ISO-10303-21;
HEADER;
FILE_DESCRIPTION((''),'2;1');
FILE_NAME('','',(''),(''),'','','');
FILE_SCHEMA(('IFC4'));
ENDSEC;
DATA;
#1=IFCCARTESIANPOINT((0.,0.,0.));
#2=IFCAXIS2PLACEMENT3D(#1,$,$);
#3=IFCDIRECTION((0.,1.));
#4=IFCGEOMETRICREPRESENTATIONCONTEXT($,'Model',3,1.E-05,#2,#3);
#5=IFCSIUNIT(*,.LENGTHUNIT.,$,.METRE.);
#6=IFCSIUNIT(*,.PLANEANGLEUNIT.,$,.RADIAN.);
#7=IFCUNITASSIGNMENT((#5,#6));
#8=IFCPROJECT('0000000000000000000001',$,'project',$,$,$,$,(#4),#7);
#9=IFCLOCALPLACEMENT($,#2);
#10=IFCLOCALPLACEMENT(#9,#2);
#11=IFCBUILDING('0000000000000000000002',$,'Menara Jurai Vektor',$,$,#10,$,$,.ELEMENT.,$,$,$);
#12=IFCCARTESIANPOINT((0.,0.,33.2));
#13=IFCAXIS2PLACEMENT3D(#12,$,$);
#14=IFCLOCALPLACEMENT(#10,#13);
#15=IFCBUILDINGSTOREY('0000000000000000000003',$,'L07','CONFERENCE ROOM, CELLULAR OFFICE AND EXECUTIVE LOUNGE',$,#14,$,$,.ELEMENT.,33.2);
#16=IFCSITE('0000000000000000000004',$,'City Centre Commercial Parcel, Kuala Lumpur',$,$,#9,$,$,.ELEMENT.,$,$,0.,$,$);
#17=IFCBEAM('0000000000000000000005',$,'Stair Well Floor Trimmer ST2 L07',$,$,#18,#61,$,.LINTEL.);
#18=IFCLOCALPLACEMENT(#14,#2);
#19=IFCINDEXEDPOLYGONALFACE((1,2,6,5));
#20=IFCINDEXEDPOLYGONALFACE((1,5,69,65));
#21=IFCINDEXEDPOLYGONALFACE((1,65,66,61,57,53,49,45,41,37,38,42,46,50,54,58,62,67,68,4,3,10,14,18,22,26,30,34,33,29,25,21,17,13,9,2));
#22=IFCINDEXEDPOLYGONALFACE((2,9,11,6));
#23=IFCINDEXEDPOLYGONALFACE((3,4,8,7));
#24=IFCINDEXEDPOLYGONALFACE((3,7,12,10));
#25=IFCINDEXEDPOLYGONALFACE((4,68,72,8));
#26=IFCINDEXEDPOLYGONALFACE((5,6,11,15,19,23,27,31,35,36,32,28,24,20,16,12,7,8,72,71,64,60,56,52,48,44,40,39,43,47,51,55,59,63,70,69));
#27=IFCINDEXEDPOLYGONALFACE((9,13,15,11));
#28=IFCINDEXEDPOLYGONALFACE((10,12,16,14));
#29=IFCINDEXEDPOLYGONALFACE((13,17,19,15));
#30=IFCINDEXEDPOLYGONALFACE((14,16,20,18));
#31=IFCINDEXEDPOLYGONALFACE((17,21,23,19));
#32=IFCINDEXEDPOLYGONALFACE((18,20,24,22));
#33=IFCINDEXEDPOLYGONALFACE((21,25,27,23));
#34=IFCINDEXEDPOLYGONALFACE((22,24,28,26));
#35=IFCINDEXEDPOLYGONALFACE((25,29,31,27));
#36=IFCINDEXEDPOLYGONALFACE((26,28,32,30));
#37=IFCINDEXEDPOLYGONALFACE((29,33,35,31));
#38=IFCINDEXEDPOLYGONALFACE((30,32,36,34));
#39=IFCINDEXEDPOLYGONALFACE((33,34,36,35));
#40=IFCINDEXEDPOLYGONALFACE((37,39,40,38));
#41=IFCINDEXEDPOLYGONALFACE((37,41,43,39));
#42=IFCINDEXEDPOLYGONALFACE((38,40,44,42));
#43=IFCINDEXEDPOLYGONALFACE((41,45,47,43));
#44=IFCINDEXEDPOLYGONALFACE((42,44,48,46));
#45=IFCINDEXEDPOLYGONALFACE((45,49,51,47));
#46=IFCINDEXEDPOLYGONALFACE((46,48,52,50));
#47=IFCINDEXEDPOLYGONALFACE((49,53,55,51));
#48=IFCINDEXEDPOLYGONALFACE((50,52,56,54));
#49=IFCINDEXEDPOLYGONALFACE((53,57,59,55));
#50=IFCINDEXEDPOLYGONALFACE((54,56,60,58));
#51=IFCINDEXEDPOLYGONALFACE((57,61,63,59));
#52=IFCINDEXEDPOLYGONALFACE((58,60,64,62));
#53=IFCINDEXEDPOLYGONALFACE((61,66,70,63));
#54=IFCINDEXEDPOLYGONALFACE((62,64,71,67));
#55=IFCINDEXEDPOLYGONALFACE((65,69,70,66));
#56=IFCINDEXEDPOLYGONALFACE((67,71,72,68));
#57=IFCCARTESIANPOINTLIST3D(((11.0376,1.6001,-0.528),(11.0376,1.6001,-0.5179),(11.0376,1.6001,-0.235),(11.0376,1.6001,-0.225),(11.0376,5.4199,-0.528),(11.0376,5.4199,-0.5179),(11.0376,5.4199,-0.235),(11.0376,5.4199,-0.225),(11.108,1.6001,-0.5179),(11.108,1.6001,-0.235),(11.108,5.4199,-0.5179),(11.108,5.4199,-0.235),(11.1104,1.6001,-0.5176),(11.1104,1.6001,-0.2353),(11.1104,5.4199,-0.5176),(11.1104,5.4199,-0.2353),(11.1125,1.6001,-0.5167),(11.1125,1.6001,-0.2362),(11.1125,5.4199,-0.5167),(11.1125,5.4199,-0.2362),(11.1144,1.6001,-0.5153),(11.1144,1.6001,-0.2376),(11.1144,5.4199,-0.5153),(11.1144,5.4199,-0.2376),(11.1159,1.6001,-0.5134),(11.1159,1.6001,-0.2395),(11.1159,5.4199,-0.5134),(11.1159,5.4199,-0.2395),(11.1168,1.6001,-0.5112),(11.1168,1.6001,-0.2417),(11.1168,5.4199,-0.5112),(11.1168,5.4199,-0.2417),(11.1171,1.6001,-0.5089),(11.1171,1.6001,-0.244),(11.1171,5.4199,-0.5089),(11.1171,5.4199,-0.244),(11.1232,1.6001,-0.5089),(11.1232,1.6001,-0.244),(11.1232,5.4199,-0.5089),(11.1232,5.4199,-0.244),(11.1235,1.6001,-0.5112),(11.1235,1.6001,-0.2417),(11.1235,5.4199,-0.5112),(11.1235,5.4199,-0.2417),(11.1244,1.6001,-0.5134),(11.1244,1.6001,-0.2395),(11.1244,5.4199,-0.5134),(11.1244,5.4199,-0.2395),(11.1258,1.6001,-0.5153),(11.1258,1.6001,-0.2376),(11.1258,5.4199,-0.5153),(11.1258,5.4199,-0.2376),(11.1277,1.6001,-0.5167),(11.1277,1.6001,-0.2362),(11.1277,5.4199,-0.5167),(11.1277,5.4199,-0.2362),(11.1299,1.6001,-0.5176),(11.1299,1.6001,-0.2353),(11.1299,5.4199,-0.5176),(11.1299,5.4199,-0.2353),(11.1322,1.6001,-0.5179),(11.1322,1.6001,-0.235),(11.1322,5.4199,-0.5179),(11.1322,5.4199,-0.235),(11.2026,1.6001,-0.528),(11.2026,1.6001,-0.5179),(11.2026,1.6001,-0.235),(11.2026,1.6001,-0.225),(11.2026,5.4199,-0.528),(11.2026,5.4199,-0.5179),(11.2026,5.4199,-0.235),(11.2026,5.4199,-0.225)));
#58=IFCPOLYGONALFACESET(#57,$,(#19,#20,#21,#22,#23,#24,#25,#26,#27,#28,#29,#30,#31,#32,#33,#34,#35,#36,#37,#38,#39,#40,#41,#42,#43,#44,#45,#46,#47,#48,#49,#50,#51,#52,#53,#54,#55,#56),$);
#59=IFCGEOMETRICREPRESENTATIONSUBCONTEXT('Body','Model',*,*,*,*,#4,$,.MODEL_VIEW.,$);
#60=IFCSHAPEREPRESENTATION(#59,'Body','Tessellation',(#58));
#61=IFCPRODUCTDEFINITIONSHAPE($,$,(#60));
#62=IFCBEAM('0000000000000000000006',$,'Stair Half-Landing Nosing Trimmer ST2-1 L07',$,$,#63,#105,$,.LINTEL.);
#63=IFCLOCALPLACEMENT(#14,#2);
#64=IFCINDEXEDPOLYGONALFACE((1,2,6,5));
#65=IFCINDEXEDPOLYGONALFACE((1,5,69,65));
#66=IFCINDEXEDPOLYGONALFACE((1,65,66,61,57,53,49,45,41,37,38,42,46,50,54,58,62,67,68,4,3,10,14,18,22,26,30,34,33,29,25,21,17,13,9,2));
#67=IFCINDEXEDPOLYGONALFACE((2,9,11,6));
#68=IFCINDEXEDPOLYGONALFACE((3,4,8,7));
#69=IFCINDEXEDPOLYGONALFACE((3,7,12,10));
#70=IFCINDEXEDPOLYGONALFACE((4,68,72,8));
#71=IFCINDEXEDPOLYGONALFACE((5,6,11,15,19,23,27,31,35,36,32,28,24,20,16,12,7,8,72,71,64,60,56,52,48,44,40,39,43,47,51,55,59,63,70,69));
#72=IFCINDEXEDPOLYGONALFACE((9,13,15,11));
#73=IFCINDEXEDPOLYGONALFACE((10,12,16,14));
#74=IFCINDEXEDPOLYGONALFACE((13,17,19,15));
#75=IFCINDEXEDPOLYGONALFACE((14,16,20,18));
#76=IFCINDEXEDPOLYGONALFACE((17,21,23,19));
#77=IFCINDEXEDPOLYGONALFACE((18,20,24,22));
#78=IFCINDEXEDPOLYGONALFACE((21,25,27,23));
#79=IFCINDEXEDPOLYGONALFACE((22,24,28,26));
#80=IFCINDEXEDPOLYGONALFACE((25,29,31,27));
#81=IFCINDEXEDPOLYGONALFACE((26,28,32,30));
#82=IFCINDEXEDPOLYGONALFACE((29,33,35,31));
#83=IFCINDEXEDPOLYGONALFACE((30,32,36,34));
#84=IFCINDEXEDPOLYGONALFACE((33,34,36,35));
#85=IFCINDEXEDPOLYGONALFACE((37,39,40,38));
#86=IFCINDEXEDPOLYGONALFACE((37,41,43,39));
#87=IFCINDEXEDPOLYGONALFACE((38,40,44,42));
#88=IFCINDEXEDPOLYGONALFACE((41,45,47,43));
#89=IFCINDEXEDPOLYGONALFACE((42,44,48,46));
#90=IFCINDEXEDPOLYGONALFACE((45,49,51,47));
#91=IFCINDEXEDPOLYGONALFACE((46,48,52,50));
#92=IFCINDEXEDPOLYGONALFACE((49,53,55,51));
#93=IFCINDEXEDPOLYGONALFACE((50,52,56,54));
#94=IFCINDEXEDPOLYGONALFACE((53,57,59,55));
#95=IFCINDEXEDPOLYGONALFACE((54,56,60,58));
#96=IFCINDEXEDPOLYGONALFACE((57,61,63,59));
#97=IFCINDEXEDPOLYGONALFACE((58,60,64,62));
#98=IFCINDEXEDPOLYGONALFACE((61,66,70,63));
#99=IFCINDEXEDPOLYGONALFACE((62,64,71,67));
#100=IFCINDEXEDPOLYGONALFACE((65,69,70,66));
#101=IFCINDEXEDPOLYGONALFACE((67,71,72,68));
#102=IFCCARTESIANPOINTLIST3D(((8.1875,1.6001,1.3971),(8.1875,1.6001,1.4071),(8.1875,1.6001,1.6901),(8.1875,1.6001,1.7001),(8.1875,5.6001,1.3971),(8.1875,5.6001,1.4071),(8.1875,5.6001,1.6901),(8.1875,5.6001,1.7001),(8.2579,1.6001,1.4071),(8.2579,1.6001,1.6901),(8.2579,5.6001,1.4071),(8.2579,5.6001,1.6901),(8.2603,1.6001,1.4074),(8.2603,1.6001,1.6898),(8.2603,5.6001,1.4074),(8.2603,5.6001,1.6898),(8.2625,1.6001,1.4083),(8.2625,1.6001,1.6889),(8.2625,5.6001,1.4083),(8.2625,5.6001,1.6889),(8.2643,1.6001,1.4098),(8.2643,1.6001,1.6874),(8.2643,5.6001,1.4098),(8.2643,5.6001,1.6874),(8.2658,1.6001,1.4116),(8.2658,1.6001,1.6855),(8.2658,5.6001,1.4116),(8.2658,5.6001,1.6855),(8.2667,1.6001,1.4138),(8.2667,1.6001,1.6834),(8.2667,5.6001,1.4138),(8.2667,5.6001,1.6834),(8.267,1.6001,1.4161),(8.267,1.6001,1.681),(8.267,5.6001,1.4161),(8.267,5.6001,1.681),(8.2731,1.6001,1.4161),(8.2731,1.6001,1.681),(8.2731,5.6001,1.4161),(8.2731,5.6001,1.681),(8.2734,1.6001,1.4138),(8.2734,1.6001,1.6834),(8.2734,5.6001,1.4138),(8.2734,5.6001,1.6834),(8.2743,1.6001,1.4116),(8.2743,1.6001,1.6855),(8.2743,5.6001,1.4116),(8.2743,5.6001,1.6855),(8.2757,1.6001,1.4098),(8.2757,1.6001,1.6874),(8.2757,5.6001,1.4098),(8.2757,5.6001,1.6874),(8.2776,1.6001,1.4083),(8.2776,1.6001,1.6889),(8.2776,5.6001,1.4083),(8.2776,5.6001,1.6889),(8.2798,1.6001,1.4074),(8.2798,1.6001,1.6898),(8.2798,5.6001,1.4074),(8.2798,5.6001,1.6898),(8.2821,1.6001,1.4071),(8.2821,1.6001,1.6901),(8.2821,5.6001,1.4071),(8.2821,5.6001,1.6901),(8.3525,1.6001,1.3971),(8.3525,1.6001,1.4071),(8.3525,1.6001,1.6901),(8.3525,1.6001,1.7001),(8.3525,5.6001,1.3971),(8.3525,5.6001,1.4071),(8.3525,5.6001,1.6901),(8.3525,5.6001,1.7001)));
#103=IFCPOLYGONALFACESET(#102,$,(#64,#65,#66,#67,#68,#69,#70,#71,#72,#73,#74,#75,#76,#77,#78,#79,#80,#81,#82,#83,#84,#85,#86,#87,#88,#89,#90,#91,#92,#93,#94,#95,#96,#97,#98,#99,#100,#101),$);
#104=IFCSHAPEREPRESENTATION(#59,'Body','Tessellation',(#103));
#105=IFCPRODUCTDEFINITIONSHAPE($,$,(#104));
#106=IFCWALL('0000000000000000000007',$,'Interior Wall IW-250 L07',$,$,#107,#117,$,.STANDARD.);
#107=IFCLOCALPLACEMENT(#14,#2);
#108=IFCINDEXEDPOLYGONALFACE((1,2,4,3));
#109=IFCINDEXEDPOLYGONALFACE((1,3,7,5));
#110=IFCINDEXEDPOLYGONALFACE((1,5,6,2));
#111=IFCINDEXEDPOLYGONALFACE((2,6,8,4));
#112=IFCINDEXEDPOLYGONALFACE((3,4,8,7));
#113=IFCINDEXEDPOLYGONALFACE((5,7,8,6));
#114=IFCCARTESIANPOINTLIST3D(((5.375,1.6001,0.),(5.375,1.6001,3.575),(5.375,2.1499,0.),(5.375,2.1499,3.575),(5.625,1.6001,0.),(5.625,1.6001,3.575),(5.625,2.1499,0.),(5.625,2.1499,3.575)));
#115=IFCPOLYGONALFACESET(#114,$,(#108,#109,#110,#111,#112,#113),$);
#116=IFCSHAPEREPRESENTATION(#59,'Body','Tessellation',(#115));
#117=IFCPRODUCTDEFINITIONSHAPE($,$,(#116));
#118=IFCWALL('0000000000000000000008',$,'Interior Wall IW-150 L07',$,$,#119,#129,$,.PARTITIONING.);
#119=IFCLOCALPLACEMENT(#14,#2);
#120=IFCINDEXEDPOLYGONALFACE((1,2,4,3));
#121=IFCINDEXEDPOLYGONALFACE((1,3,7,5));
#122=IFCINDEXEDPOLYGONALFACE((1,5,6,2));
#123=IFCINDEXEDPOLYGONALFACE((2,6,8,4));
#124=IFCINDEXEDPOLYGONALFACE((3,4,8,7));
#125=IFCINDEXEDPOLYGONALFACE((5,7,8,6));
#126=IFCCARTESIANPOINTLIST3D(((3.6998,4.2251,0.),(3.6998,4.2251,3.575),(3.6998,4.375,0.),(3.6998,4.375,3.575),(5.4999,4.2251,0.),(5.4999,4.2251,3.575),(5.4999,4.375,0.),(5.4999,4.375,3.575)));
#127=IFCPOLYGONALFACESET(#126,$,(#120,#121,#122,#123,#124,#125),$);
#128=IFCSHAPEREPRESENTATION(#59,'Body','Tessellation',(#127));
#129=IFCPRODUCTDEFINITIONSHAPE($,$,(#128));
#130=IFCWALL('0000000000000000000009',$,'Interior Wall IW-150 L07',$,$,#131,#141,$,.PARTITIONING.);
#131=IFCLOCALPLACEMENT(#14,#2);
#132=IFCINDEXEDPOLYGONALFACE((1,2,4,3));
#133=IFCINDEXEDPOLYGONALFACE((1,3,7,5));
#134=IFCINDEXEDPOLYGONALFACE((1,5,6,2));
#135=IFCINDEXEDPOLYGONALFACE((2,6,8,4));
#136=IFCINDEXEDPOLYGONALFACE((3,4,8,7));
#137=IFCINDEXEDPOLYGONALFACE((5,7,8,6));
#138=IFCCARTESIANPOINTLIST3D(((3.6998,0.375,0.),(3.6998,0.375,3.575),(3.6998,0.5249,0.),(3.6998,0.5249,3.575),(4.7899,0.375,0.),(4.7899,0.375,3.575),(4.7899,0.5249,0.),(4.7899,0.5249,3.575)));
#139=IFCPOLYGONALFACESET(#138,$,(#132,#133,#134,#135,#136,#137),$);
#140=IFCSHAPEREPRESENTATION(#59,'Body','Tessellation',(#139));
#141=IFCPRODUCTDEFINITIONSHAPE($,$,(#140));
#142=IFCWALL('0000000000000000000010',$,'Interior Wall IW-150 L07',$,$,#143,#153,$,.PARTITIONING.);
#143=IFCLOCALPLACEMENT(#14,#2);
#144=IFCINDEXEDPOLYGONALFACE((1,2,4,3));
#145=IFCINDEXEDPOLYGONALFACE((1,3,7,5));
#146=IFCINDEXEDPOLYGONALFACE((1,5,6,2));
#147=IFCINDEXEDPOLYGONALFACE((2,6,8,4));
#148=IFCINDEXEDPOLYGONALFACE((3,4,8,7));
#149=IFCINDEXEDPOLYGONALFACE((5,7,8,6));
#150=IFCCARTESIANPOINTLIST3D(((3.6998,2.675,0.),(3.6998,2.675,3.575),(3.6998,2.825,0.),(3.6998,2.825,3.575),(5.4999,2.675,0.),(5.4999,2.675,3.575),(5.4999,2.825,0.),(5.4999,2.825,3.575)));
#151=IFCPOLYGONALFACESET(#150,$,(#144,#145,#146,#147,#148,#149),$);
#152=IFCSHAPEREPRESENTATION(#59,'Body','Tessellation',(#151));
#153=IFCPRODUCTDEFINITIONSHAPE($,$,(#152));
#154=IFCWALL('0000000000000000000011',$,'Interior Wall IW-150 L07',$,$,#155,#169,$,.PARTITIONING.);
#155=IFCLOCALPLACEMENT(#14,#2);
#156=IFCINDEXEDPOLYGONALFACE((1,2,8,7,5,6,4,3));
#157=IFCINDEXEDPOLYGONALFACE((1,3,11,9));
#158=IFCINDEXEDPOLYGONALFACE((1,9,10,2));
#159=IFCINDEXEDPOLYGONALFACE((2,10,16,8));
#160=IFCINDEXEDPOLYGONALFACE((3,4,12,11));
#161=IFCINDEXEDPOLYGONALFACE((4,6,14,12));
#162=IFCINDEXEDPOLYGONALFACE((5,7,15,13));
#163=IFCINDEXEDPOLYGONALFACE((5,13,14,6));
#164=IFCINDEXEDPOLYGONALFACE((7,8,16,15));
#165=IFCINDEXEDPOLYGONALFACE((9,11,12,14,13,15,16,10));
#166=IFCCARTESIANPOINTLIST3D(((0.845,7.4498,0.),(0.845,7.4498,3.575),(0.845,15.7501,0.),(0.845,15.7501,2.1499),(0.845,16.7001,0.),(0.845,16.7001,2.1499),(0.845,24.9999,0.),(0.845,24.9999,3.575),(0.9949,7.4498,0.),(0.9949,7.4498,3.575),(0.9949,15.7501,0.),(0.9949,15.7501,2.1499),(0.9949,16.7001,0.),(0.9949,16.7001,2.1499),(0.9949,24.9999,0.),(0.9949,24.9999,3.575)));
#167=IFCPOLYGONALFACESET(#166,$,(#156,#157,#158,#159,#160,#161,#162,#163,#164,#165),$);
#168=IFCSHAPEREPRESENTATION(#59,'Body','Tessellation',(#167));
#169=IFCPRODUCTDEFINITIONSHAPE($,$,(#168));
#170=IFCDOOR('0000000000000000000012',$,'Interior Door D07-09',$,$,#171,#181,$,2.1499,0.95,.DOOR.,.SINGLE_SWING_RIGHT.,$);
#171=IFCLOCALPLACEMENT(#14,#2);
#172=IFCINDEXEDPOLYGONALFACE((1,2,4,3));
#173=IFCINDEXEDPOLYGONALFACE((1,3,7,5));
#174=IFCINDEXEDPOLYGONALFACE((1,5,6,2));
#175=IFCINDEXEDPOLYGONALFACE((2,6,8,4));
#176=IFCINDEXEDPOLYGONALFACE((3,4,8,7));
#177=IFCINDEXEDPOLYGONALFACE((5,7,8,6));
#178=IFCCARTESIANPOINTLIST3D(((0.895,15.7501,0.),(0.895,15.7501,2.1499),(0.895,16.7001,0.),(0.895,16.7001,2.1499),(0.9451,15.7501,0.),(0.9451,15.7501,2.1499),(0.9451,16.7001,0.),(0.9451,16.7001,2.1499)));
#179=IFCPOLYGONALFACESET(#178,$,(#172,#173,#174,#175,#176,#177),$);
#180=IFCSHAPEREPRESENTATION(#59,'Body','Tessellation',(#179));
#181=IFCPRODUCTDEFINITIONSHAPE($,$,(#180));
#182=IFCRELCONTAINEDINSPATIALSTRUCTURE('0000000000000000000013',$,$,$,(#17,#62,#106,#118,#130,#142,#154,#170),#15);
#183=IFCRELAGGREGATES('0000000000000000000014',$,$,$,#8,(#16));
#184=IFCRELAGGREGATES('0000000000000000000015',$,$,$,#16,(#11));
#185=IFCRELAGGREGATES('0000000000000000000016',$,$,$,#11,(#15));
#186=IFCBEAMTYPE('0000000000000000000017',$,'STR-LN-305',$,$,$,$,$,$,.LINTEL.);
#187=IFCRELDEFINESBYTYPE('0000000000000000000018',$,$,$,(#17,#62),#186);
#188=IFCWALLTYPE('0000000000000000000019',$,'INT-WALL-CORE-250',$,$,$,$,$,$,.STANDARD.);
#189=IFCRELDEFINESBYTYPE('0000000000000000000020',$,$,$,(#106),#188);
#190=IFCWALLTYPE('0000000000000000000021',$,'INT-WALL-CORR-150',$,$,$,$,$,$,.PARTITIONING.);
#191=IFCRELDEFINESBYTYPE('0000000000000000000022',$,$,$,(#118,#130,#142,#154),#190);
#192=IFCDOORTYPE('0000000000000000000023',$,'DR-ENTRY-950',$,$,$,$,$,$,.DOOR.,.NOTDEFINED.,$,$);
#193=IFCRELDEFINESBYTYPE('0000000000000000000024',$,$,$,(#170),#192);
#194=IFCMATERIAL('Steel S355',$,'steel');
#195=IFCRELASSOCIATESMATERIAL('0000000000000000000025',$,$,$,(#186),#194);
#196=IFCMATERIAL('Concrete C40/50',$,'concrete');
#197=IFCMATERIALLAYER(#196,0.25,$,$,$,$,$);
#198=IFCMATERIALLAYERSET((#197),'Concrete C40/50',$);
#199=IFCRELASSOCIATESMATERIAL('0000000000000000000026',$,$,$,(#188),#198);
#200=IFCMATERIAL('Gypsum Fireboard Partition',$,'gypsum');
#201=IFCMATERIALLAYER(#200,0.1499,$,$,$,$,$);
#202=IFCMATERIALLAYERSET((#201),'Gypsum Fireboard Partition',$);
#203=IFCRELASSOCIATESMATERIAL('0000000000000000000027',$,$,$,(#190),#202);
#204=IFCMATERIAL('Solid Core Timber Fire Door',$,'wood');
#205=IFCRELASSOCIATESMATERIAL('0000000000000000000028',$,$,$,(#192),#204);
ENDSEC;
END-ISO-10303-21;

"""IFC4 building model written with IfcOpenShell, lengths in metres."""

from ifc_helpers import new_model, si_unit, direction, frame, frame_2d, origin, origin_2d, place, context, subcontext, project, spatial, rectangle, i_section, extrude, material, layer, layer_set, material_profile, profile_set, type_object, element, fill, save


model = new_model("IFC4")

# Units and contexts
model_context = context("Model", 3, precision=1e-05, world=origin(), true_north=direction((0.0, 1.0)))
body_context = subcontext(model_context, "Body", "Model", "MODEL_VIEW")
ifc_project = project(units=[si_unit("LENGTHUNIT", "METRE"), si_unit("PLANEANGLEUNIT", "RADIAN")], contexts=[model_context])

# Site, building, storey
site_placement = place(None, origin())
site = spatial("IfcSite", under=ifc_project, at=site_placement, Name="City Centre Commercial Parcel, Kuala Lumpur", CompositionType="ELEMENT", RefElevation=0.0)
building_placement = place(site_placement, origin())
building = spatial("IfcBuilding", under=site, at=building_placement, Name="Menara Jurai Vektor", CompositionType="ELEMENT")
storey_placement = place(building_placement, frame((0.0, 0.0, 33.2)))
storey = spatial("IfcBuildingStorey", under=building, at=storey_placement, Name="L07", Description="CONFERENCE ROOM, CELLULAR OFFICE AND EXECUTIVE LOUNGE", CompositionType="ELEMENT", Elevation=33.2)

# Shared definitions
ifc_material_1 = material(Name="Steel S355", Category="steel")

# Beams
ifc_material_profile_1 = material_profile(ifc_material_1, i_section(OverallWidth=0.165, OverallDepth=0.303, WebThickness=0.0061, FlangeThickness=0.01, FilletRadius=0.009, at=origin_2d()), Name="UKB 305x165x40")
ifc_profile_set_1 = profile_set([ifc_material_profile_1], Name="Steel S355")
beam_type_1 = type_object("IfcBeamType", Name="STR-LN-305", PredefinedType="LINTEL", material=ifc_profile_set_1)
beam_1_placement = place(storey_placement, frame((11.1201, 1.6001, -0.3765), z_axis=(0.0, 1.0, 0.0), x_axis=(-1.0, 0.0, 0.0)))
element("IfcBeam", 1, at=beam_1_placement, inside=storey, type_object=beam_type_1, Name="Stair Well Floor Trimmer ST2 L07", PredefinedType="LINTEL", context=body_context, shape_type="SweptSolid", body=[
    extrude(i_section(OverallWidth=0.165, OverallDepth=0.303, WebThickness=0.0061, FlangeThickness=0.01, FilletRadius=0.009, at=origin_2d()), origin(), (0.0, 0.0, 1.0), 3.8198),
])
beam_2_placement = place(storey_placement, frame((8.27, 1.6001, 1.5486), z_axis=(0.0, 1.0, 0.0), x_axis=(-1.0, 0.0, 0.0)))
element("IfcBeam", 2, at=beam_2_placement, inside=storey, type_object=beam_type_1, Name="Stair Half-Landing Nosing Trimmer ST2-1 L07", PredefinedType="LINTEL", context=body_context, shape_type="SweptSolid", body=[
    extrude(i_section(OverallWidth=0.165, OverallDepth=0.303, WebThickness=0.0061, FlangeThickness=0.01, FilletRadius=0.009, at=origin_2d()), origin(), (0.0, 0.0, 1.0), 4.0),
])

# Shared definitions
ifc_material_2 = material(Name="Concrete C40/50", Category="concrete")
ifc_layer_1 = layer(ifc_material_2, 0.25)
ifc_layer_set_1 = layer_set([ifc_layer_1], Name="Concrete C40/50")
wall_type_1 = type_object("IfcWallType", Name="INT-WALL-CORE-250", PredefinedType="STANDARD", material=ifc_layer_set_1)

# Walls
wall_1_placement = place(storey_placement, frame((5.5, 1.6001, 0.0), z_axis=(0.0, 0.0, 1.0), x_axis=(0.0, 1.0, 0.0)))
element("IfcWall", 3, at=wall_1_placement, inside=storey, type_object=wall_type_1, Name="Interior Wall IW-250 L07", PredefinedType="STANDARD", context=body_context, shape_type="SweptSolid", body=[
    extrude(rectangle(XDim=0.5498, YDim=0.25, at=frame_2d((0.2749, 0.0))), origin(), (0.0, 0.0, 1.0), 3.575),
])
ifc_material_3 = material(Name="Gypsum Fireboard Partition", Category="gypsum")
ifc_layer_2 = layer(ifc_material_3, 0.1499)
ifc_layer_set_2 = layer_set([ifc_layer_2], Name="Gypsum Fireboard Partition")
wall_type_2 = type_object("IfcWallType", Name="INT-WALL-CORR-150", PredefinedType="PARTITIONING", material=ifc_layer_set_2)
wall_2_placement = place(storey_placement, frame((3.7, 4.3, 0.0), z_axis=(0.0, 0.0, 1.0), x_axis=(1.0, 0.0, 0.0)))
element("IfcWall", 4, at=wall_2_placement, inside=storey, type_object=wall_type_2, Name="Interior Wall IW-150 L07", PredefinedType="PARTITIONING", context=body_context, shape_type="SweptSolid", body=[
    extrude(rectangle(XDim=1.8, YDim=0.1499, at=frame_2d((0.8999, 0.0))), origin(), (0.0, 0.0, 1.0), 3.575),
])
wall_3_placement = place(storey_placement, frame((3.7, 0.45, 0.0), z_axis=(0.0, 0.0, 1.0), x_axis=(1.0, 0.0, 0.0)))
element("IfcWall", 5, at=wall_3_placement, inside=storey, type_object=wall_type_2, Name="Interior Wall IW-150 L07", PredefinedType="PARTITIONING", context=body_context, shape_type="SweptSolid", body=[
    extrude(rectangle(XDim=1.0901, YDim=0.1499, at=frame_2d((0.5449, 0.0))), origin(), (0.0, 0.0, 1.0), 3.575),
])
wall_4_placement = place(storey_placement, frame((3.7, 2.75, 0.0), z_axis=(0.0, 0.0, 1.0), x_axis=(1.0, 0.0, 0.0)))
element("IfcWall", 6, at=wall_4_placement, inside=storey, type_object=wall_type_2, Name="Interior Wall IW-150 L07", PredefinedType="PARTITIONING", context=body_context, shape_type="SweptSolid", body=[
    extrude(rectangle(XDim=1.8, YDim=0.1499, at=frame_2d((0.8999, 0.0))), origin(), (0.0, 0.0, 1.0), 3.575),
])

# Wall, opening, door
wall_5_placement = place(storey_placement, frame((0.9199, 7.45, 0.0), z_axis=(0.0, 0.0, 1.0), x_axis=(0.0, 1.0, 0.0)))
wall_5 = element("IfcWall", 7, at=wall_5_placement, inside=storey, type_object=wall_type_2, Name="Interior Wall IW-150 L07", PredefinedType="PARTITIONING", context=body_context, shape_type="SweptSolid", body=[
    extrude(rectangle(XDim=17.55, YDim=0.1499, at=frame_2d((8.7749, 0.0))), origin(), (0.0, 0.0, 1.0), 3.575),
])
opening_1_placement = place(wall_5_placement, frame((8.3, 0.0, 0.0)))
opening_1 = element("IfcOpeningElement", 8, at=opening_1_placement, cuts=wall_5, PredefinedType="OPENING", context=body_context, shape_type="SweptSolid", body=[
    extrude(rectangle(XDim=0.95, YDim=2.1499, at=frame_2d((0.4751, 1.075))), frame((0.0, 0.085, 0.0), z_axis=(0.0, -1.0, 0.0), x_axis=(1.0, 0.0, 0.0)), (0.0, 0.0, 1.0), 0.1699),
])
ifc_material_4 = material(Name="Solid Core Timber Fire Door", Category="wood")
door_type_1 = type_object("IfcDoorType", Name="DR-ENTRY-950", OperationType="NOTDEFINED", PredefinedType="DOOR", material=ifc_material_4)
door_1_placement = place(opening_1_placement, origin())
door_1 = element("IfcDoor", 9, at=door_1_placement, inside=storey, type_object=door_type_1, Name="Interior Door D07-09", OperationType="SINGLE_SWING_RIGHT", OverallHeight=2.1499, OverallWidth=0.95, PredefinedType="DOOR", context=body_context, shape_type="SweptSolid", body=[
    extrude(rectangle(XDim=0.95, YDim=2.1499, at=frame_2d((0.4751, 1.075))), frame((0.0, 0.0249, 0.0), z_axis=(0.0, -1.0, 0.0), x_axis=(1.0, 0.0, 0.0)), (0.0, 0.0, 1.0), 0.05),
])
fill(opening_1, door_1)

save(model, "model.ifc")
